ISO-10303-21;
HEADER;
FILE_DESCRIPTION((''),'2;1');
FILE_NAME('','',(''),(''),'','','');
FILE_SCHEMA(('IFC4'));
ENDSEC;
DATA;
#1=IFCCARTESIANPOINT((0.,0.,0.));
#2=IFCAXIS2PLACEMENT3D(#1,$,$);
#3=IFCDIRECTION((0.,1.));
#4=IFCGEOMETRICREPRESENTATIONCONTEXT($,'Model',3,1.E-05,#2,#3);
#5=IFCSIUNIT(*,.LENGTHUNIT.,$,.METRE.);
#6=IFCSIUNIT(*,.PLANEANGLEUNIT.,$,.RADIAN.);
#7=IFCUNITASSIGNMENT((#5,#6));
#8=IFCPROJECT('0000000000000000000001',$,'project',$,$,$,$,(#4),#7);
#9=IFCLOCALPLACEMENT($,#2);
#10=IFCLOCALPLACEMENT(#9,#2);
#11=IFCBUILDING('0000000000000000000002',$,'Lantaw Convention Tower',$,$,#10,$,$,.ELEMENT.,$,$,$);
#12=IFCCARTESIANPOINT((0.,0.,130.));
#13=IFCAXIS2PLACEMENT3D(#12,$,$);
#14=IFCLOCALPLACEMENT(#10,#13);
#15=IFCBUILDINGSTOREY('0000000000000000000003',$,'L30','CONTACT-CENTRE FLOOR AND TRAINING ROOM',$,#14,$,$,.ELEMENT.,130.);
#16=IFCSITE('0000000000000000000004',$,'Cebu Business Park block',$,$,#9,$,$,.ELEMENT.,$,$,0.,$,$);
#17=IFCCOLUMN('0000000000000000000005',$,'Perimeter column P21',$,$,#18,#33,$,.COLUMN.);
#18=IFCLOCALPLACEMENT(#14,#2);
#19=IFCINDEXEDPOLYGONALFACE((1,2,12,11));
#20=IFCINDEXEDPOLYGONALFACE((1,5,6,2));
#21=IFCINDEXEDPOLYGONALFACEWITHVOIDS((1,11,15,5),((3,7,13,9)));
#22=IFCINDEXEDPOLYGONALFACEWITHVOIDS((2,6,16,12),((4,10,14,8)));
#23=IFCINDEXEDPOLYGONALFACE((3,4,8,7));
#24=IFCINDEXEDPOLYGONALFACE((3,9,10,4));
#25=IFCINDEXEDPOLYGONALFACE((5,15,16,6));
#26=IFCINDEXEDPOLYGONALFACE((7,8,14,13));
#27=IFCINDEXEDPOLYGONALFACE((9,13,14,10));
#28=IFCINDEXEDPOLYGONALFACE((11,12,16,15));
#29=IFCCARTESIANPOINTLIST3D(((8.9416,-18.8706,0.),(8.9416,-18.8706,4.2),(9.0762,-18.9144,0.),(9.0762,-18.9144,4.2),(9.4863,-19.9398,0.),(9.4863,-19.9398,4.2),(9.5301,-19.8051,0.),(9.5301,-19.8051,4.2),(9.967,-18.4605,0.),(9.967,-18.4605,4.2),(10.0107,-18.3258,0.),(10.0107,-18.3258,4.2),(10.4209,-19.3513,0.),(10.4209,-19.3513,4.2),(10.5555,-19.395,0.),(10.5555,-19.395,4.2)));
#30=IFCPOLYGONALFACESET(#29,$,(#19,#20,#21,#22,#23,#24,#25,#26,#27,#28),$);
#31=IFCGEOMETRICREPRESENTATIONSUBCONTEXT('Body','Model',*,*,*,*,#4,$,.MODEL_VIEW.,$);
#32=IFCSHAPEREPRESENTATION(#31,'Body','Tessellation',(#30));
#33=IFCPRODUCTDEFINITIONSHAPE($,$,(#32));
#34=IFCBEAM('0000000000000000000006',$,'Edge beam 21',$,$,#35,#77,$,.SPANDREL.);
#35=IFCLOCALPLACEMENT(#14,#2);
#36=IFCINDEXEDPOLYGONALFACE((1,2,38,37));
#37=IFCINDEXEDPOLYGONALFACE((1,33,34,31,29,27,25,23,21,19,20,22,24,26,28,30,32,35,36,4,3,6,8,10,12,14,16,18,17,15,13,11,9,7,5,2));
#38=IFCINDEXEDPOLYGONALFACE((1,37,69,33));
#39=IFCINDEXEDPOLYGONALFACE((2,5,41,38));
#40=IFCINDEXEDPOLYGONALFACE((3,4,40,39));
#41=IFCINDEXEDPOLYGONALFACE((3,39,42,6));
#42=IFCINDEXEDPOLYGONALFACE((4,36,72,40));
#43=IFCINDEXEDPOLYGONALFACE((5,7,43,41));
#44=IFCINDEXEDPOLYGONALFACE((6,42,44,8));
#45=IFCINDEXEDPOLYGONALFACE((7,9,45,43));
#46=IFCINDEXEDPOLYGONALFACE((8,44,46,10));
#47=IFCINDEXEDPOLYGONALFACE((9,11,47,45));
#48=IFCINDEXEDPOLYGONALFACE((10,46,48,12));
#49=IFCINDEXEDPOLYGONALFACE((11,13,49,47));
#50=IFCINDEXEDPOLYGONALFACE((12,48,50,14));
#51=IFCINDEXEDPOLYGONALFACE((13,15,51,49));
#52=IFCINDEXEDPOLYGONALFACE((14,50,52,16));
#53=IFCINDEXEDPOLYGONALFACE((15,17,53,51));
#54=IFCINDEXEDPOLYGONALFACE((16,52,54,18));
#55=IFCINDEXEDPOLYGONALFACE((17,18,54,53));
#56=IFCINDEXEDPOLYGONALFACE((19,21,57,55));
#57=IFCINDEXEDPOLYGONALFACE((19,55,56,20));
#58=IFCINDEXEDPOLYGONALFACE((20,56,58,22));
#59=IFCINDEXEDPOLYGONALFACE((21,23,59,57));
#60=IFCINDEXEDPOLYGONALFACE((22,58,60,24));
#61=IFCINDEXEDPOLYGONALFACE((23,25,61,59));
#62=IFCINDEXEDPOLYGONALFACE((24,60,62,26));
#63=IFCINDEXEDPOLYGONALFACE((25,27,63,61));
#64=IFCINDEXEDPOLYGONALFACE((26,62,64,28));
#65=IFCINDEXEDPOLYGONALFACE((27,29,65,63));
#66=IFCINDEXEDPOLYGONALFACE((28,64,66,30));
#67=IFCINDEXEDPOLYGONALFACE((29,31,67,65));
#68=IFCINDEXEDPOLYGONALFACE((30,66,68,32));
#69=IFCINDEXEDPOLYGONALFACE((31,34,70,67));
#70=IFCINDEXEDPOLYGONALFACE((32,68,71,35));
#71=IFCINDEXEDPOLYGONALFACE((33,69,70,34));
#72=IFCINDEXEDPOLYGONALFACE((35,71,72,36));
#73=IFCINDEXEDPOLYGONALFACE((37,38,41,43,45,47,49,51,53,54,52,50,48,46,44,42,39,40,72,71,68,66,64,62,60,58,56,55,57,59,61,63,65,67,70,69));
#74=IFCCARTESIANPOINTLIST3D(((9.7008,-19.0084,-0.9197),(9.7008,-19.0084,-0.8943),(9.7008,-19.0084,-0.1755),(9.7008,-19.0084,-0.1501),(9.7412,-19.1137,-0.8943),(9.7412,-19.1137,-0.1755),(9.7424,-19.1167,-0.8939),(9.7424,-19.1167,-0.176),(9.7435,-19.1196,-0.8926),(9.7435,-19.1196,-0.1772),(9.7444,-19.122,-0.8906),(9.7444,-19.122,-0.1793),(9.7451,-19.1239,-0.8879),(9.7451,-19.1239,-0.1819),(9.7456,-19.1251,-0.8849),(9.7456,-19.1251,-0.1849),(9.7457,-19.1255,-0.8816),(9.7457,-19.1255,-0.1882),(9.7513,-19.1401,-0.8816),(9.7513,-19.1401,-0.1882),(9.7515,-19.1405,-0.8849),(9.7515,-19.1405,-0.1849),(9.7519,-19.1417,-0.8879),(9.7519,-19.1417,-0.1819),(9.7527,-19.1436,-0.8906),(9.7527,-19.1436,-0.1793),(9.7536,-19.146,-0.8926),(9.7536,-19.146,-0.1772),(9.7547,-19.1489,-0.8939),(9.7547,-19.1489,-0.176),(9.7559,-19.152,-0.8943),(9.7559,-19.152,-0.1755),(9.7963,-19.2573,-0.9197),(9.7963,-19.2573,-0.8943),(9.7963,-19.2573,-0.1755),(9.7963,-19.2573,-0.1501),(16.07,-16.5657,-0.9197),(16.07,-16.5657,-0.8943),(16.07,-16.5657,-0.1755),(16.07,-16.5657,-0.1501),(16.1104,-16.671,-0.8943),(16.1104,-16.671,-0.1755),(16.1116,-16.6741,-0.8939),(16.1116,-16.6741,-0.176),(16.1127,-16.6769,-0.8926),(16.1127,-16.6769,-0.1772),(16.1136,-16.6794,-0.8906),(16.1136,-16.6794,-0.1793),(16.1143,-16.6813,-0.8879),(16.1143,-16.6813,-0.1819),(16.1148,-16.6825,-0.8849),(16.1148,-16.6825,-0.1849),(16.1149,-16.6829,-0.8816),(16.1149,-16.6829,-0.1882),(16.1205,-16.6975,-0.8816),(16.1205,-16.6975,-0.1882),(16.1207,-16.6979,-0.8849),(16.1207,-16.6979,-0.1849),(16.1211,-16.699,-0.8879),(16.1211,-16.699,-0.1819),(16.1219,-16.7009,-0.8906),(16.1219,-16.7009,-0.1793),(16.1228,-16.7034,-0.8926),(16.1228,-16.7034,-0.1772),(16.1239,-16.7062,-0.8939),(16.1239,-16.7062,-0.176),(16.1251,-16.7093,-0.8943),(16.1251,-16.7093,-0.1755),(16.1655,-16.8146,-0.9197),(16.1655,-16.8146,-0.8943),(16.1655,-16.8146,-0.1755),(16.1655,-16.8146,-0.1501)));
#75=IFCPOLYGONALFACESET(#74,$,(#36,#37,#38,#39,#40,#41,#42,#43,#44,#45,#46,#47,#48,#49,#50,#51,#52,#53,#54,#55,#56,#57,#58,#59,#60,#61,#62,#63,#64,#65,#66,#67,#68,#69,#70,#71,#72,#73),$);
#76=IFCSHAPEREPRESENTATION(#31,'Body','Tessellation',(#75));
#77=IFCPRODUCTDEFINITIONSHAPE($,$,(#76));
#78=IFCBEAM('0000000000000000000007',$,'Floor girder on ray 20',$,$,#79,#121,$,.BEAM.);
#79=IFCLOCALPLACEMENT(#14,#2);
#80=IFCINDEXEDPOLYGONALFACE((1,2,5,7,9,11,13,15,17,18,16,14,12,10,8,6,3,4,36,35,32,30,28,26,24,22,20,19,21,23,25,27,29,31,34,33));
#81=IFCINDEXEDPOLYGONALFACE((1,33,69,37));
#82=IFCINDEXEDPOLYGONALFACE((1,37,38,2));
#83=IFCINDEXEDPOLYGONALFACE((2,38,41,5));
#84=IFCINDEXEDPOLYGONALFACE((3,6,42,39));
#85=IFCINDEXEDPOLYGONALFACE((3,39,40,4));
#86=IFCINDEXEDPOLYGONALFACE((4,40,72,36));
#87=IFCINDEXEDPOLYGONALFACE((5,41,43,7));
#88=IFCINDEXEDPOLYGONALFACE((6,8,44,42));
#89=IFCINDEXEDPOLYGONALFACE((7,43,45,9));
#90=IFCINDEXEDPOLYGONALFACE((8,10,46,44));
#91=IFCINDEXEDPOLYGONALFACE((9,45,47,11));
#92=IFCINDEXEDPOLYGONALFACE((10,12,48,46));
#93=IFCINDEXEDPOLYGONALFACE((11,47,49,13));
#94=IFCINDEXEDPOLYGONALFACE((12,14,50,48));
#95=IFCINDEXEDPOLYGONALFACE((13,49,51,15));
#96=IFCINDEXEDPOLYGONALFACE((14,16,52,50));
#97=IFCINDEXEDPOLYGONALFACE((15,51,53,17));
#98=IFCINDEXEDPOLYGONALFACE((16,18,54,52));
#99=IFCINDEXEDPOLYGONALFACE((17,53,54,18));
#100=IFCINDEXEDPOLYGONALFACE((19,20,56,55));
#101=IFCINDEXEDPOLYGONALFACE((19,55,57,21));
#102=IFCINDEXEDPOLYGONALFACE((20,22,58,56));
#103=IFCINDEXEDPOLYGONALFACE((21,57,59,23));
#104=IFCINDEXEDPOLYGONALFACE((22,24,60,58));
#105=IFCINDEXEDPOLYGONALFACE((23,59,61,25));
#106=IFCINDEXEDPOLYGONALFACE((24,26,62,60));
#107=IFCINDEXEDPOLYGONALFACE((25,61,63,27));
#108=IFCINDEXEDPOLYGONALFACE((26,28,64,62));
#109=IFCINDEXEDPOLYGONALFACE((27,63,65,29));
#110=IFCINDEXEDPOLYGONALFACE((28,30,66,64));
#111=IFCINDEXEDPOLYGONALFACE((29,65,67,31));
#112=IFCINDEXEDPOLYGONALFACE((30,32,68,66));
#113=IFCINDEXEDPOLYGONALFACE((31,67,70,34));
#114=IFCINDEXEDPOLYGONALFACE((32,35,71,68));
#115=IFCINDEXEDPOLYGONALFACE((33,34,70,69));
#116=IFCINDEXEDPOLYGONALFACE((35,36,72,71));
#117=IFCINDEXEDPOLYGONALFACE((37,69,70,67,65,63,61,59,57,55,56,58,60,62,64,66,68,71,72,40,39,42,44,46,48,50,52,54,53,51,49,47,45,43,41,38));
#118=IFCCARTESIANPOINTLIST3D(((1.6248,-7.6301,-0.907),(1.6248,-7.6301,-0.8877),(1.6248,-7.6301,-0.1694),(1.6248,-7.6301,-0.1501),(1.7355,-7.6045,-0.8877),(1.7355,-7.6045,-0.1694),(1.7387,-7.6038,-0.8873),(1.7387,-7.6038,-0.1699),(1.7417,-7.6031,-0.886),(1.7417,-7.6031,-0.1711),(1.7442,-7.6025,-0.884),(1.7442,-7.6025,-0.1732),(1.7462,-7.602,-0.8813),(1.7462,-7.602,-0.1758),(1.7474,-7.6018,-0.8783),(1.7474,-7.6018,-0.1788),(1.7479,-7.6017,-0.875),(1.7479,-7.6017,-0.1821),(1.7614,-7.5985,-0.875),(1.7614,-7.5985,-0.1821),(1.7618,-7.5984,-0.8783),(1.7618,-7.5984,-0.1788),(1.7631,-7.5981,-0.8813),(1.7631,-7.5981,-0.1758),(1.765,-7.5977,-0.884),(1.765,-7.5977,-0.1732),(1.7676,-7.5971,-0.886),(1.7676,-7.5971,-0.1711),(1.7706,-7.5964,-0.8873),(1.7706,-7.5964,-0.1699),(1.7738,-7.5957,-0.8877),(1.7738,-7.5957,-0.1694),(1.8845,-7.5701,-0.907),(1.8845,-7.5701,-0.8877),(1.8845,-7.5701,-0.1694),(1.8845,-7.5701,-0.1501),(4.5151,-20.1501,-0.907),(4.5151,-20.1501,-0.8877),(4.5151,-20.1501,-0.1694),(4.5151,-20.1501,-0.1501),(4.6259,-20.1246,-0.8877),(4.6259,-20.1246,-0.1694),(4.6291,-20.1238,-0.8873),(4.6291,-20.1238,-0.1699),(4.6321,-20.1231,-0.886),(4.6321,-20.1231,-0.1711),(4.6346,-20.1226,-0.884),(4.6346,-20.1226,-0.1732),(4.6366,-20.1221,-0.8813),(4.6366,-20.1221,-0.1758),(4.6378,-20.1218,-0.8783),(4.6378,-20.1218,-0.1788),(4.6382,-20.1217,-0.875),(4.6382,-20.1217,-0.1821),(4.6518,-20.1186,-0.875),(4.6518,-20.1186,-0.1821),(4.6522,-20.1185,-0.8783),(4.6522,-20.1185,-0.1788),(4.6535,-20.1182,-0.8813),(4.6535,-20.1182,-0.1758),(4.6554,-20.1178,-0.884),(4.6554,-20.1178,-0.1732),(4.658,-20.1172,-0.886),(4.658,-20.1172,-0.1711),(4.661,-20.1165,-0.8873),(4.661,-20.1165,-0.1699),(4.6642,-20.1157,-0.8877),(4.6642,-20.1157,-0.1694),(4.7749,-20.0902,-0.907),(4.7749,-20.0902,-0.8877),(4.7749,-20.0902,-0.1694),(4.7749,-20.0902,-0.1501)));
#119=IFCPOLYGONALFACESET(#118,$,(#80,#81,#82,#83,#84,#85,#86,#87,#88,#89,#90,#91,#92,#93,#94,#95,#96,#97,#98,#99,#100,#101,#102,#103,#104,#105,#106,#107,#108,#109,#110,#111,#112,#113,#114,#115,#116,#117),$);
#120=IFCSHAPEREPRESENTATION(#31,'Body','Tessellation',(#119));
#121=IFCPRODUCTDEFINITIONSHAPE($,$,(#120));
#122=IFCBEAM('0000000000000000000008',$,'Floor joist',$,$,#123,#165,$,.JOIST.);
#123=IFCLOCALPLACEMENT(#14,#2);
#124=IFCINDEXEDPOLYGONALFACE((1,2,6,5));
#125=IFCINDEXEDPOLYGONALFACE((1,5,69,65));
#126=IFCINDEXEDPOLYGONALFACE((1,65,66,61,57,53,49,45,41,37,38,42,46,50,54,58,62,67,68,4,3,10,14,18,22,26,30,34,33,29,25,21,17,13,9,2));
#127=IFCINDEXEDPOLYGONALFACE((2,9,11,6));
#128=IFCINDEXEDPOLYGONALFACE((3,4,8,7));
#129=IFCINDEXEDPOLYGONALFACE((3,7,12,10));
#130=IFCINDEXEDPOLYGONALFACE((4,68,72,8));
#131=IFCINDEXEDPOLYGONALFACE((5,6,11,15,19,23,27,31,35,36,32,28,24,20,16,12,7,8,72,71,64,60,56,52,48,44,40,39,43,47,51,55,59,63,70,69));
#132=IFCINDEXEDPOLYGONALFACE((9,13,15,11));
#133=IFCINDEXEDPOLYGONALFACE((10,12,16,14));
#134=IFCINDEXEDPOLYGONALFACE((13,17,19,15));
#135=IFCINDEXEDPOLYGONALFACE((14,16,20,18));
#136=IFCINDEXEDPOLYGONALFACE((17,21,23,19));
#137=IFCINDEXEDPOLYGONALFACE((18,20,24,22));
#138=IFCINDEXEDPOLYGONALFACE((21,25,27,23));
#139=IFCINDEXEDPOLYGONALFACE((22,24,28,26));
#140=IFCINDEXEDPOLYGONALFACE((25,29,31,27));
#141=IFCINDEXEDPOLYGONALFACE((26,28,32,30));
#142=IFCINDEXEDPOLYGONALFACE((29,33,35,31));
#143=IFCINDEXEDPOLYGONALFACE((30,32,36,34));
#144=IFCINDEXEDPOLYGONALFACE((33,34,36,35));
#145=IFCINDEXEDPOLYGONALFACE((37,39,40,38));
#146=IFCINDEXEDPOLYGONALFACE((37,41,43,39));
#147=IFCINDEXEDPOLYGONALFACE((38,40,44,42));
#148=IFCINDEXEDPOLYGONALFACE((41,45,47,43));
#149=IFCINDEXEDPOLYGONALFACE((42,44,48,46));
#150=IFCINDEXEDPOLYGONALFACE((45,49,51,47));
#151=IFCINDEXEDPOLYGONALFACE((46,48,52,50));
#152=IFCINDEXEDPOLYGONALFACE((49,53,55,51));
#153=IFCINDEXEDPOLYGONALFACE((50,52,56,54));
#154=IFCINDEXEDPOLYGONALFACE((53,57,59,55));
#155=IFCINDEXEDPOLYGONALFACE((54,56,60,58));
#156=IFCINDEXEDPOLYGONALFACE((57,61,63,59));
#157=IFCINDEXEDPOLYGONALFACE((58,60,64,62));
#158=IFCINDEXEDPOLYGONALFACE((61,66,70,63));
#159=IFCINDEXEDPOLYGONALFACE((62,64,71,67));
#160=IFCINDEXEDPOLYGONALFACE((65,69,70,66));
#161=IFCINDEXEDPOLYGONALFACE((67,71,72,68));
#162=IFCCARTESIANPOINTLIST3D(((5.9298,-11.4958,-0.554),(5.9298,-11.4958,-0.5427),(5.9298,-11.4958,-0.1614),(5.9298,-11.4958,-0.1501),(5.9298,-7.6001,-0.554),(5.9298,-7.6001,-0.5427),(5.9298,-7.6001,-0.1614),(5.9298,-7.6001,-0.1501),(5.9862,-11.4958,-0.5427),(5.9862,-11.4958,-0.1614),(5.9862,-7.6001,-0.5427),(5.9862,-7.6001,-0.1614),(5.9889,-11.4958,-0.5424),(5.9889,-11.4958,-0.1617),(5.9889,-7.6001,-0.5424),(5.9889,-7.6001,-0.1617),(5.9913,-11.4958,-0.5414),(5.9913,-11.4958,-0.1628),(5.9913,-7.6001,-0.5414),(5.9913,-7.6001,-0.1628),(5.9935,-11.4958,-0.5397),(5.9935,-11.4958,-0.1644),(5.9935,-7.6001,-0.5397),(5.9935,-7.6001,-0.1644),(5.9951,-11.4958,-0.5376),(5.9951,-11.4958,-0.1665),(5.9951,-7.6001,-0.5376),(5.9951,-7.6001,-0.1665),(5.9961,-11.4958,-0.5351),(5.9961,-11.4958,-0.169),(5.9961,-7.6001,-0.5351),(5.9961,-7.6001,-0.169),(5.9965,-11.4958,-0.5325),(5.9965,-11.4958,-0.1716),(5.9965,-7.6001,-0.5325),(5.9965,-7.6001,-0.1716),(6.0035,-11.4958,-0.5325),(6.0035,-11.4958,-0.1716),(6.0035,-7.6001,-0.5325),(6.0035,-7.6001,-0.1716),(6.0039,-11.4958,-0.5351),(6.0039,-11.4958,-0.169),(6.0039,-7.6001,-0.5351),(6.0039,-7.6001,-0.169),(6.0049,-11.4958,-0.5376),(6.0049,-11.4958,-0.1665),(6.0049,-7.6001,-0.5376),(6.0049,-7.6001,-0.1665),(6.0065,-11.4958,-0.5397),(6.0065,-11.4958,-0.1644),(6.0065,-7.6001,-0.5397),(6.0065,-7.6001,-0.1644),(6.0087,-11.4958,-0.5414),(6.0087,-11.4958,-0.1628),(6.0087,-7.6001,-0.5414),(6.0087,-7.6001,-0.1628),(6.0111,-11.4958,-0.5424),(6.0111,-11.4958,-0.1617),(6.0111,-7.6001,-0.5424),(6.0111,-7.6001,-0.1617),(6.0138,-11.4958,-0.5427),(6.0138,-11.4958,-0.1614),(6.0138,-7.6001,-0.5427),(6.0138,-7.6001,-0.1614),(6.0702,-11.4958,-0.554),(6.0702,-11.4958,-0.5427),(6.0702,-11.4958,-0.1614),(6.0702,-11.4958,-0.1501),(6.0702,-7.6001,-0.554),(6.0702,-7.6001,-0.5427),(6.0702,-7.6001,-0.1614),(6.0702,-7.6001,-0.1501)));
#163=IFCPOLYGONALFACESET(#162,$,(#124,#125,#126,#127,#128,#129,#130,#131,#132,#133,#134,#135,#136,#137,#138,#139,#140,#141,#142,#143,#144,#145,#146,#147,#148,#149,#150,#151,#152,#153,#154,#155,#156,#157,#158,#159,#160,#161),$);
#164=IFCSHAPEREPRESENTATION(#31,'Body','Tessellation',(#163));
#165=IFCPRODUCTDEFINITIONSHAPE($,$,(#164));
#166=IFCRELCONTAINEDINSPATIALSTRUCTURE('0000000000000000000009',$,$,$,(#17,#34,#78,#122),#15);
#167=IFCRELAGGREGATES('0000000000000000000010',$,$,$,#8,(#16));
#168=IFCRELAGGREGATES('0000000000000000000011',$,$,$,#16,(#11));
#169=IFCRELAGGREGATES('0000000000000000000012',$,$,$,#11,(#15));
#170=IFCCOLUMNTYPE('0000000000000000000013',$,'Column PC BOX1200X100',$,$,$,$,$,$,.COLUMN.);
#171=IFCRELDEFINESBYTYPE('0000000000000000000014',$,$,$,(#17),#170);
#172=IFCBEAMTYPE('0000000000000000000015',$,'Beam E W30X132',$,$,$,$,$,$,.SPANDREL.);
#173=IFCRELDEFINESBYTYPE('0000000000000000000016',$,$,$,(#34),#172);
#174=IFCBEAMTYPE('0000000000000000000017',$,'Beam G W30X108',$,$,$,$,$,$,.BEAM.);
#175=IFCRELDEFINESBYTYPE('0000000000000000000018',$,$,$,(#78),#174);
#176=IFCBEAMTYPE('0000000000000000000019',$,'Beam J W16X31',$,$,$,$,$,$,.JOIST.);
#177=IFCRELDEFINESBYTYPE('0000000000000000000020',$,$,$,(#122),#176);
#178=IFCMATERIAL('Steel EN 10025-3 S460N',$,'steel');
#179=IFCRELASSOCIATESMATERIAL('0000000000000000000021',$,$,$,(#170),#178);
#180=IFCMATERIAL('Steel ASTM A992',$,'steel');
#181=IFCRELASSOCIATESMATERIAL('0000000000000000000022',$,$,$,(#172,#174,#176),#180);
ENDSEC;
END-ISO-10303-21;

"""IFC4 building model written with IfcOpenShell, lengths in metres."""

from ifc_helpers import new_model, si_unit, direction, frame, origin, origin_2d, place, context, subcontext, project, spatial, rectangle, hollow_rectangle, i_section, extrude, material, material_profile, profile_set, type_object, element, save


model = new_model("IFC4")

# Units and contexts
model_context = context("Model", 3, precision=1e-05, world=origin(), true_north=direction((0.0, 1.0)))
body_context = subcontext(model_context, "Body", "Model", "MODEL_VIEW")
ifc_project = project(units=[si_unit("LENGTHUNIT", "METRE"), si_unit("PLANEANGLEUNIT", "RADIAN")], contexts=[model_context])

# Site, building, storey
site_placement = place(None, origin())
site = spatial("IfcSite", under=ifc_project, at=site_placement, Name="Cebu Business Park block", CompositionType="ELEMENT", RefElevation=0.0)
building_placement = place(site_placement, origin())
building = spatial("IfcBuilding", under=site, at=building_placement, Name="Lantaw Convention Tower", CompositionType="ELEMENT")
storey_placement = place(building_placement, frame((0.0, 0.0, 130.0)))
storey = spatial("IfcBuildingStorey", under=building, at=storey_placement, Name="L30", Description="CONTACT-CENTRE FLOOR AND TRAINING ROOM", CompositionType="ELEMENT", Elevation=130.0)

# Column
ifc_material_1 = material(Name="Steel EN 10025-3 S460N", Category="steel")
ifc_material_profile_1 = material_profile(ifc_material_1, hollow_rectangle(XDim=1.2, YDim=1.2, WallThickness=0.1001, at=origin_2d()), Name="BOX1200X100")
ifc_material_2 = material(Name="Concrete C60/75", Category="concrete")
ifc_material_profile_2 = material_profile(ifc_material_2, rectangle(XDim=1.0, YDim=1.0, at=origin_2d()), Name="Concrete fill of BOX1200X100")
ifc_profile_set_1 = profile_set([ifc_material_profile_1, ifc_material_profile_2], Name="Steel EN 10025-3 S460N")
column_type = type_object("IfcColumnType", Name="Column PC BOX1200X100", PredefinedType="COLUMN", material=ifc_profile_set_1)
column_placement = place(storey_placement, frame((9.7485, -19.1328, 0.0), z_axis=(0.0, 0.0, 1.0), x_axis=(0.891007, 0.45399, 0.0)))
element("IfcColumn", 1, at=column_placement, inside=storey, type_object=column_type, Name="Perimeter column P21", PredefinedType="COLUMN", context=body_context, shape_type="SweptSolid", body=[
    extrude(hollow_rectangle(XDim=1.2, YDim=1.2, WallThickness=0.1001, at=origin_2d()), origin(), (0.0, 0.0, 1.0), 4.2),
])

# Beams
ifc_material_3 = material(Name="Steel ASTM A992", Category="steel")
ifc_material_profile_3 = material_profile(ifc_material_3, i_section(OverallWidth=0.2666, OverallDepth=0.7695, WebThickness=0.0156, FlangeThickness=0.0254, FilletRadius=0.0127, at=origin_2d()), Name="W30X132")
ifc_profile_set_2 = profile_set([ifc_material_profile_3], Name="Steel ASTM A992")
beam_type_1 = type_object("IfcBeamType", Name="Beam E W30X132", PredefinedType="SPANDREL", material=ifc_profile_set_2)
beam_1_placement = place(storey_placement, frame((9.7485, -19.1328, -0.5349), z_axis=(0.933691, 0.35808, 0.0), x_axis=(-0.35808, 0.933691, 0.0)))
element("IfcBeam", 2, at=beam_1_placement, inside=storey, type_object=beam_type_1, Name="Edge beam 21", PredefinedType="SPANDREL", context=body_context, shape_type="SweptSolid", body=[
    extrude(i_section(OverallWidth=0.2666, OverallDepth=0.7695, WebThickness=0.0156, FlangeThickness=0.0254, FilletRadius=0.0127, at=origin_2d()), origin(), (0.0, 0.0, 1.0), 6.8215),
])
ifc_material_profile_4 = material_profile(ifc_material_3, i_section(OverallWidth=0.2666, OverallDepth=0.7568, WebThickness=0.0139, FlangeThickness=0.0193, FilletRadius=0.0127, at=origin_2d()), Name="W30X108")
ifc_profile_set_3 = profile_set([ifc_material_profile_4], Name="Steel ASTM A992")
beam_type_2 = type_object("IfcBeamType", Name="Beam G W30X108", PredefinedType="BEAM", material=ifc_profile_set_3)
beam_2_placement = place(storey_placement, frame((1.7546, -7.6001, -0.5286), z_axis=(0.224944, -0.974372, 0.0), x_axis=(0.974372, 0.224944, 0.0)))
element("IfcBeam", 3, at=beam_2_placement, inside=storey, type_object=beam_type_2, Name="Floor girder on ray 20", PredefinedType="BEAM", context=body_context, shape_type="SweptSolid", body=[
    extrude(i_section(OverallWidth=0.2666, OverallDepth=0.7568, WebThickness=0.0139, FlangeThickness=0.0193, FilletRadius=0.0127, at=origin_2d()), origin(), (0.0, 0.0, 1.0), 12.8494),
])
ifc_material_profile_5 = material_profile(ifc_material_3, i_section(OverallWidth=0.1404, OverallDepth=0.4038, WebThickness=0.0071, FlangeThickness=0.0112, FilletRadius=0.0103, at=origin_2d()), Name="W16X31")
ifc_profile_set_4 = profile_set([ifc_material_profile_5], Name="Steel ASTM A992")
beam_type_3 = type_object("IfcBeamType", Name="Beam J W16X31", PredefinedType="JOIST", material=ifc_profile_set_4)
beam_3_placement = place(storey_placement, frame((6.0, -11.4958, -0.3521), z_axis=(0.0, 1.0, 0.0), x_axis=(-1.0, 0.0, 0.0)))
element("IfcBeam", 4, at=beam_3_placement, inside=storey, type_object=beam_type_3, Name="Floor joist", PredefinedType="JOIST", context=body_context, shape_type="SweptSolid", body=[
    extrude(i_section(OverallWidth=0.1404, OverallDepth=0.4038, WebThickness=0.0071, FlangeThickness=0.0112, FilletRadius=0.0103, at=origin_2d()), origin(), (0.0, 0.0, 1.0), 3.8958),
])

save(model, "model.ifc")
